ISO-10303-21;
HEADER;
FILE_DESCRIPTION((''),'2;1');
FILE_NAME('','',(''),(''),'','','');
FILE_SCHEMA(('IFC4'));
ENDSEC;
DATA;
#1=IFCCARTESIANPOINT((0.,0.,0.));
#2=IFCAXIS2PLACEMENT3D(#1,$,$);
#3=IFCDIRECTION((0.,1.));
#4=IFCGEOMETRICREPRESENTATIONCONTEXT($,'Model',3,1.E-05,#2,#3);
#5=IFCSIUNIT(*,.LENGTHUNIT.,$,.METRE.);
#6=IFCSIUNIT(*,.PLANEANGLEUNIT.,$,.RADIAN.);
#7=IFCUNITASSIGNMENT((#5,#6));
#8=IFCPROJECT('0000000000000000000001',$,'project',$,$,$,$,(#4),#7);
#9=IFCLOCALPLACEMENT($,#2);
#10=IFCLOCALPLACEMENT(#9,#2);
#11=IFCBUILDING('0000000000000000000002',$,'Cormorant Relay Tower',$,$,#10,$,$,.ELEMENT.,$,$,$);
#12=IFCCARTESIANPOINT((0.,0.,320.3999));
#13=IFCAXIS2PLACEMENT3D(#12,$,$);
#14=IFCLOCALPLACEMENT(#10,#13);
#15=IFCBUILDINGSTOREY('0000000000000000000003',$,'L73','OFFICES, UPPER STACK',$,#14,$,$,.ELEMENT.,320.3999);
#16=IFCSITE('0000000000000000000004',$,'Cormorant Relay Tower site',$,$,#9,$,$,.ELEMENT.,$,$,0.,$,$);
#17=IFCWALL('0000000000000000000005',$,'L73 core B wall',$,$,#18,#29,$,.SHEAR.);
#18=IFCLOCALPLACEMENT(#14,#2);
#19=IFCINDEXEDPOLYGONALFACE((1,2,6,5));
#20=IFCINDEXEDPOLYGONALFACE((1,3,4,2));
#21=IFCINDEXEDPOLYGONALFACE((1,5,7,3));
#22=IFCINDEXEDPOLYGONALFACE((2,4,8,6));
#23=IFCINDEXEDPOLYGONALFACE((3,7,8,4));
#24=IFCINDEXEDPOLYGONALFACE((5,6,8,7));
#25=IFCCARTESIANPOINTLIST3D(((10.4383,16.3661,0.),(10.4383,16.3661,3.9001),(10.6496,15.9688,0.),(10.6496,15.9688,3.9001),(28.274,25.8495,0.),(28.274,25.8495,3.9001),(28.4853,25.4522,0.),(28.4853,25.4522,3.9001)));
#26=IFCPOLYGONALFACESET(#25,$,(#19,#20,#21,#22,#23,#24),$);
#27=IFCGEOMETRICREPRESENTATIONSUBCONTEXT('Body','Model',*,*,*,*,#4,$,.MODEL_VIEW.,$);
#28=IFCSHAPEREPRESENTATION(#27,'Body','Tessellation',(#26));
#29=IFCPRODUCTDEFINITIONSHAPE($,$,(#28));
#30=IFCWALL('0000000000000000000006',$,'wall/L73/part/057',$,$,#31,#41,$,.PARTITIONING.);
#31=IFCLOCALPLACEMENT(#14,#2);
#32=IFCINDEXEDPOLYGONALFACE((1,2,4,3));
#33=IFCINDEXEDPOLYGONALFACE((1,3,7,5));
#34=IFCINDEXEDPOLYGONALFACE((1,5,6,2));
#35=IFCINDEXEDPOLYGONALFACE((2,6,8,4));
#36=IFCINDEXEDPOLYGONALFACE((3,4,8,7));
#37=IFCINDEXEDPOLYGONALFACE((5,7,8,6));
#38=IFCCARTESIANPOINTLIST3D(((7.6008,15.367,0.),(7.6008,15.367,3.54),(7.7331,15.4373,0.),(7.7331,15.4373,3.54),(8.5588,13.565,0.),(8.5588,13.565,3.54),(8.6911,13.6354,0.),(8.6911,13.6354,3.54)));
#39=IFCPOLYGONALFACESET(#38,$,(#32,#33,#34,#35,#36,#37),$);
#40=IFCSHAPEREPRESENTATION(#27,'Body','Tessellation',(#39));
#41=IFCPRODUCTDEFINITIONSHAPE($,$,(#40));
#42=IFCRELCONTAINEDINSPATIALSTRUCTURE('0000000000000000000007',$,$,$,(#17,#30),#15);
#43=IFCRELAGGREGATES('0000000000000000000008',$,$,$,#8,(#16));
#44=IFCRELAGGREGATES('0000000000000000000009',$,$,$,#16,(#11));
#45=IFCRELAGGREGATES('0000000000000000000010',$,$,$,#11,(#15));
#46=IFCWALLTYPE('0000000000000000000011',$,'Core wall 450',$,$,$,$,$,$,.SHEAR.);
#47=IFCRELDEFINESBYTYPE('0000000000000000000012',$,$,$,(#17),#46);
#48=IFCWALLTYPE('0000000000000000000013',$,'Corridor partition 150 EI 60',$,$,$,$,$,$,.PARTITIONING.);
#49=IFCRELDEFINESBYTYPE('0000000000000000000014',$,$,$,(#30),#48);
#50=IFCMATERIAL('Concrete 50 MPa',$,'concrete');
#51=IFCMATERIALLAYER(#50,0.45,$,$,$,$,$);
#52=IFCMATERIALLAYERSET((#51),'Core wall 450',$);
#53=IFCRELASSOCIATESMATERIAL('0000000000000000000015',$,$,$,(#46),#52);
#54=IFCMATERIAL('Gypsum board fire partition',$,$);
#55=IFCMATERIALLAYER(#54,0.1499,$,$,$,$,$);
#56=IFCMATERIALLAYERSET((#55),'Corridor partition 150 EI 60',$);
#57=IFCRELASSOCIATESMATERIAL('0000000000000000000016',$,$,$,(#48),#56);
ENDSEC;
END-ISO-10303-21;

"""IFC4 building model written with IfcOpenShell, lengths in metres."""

from ifc_helpers import new_model, si_unit, direction, frame, frame_2d, origin, place, context, subcontext, project, spatial, rectangle, extrude, material, layer, layer_set, type_object, element, save


model = new_model("IFC4")

# Units and contexts
model_context = context("Model", 3, precision=1e-05, world=origin(), true_north=direction((0.0, 1.0)))
body_context = subcontext(model_context, "Body", "Model", "MODEL_VIEW")
ifc_project = project(units=[si_unit("LENGTHUNIT", "METRE"), si_unit("PLANEANGLEUNIT", "RADIAN")], contexts=[model_context])

# Site, building, storey
site_placement = place(None, origin())
site = spatial("IfcSite", under=ifc_project, at=site_placement, Name="Cormorant Relay Tower site", CompositionType="ELEMENT", RefElevation=0.0)
building_placement = place(site_placement, origin())
building = spatial("IfcBuilding", under=site, at=building_placement, Name="Cormorant Relay Tower", CompositionType="ELEMENT")
storey_placement = place(building_placement, frame((0.0, 0.0, 320.3999)))
storey = spatial("IfcBuildingStorey", under=building, at=storey_placement, Name="L73", Description="OFFICES, UPPER STACK", CompositionType="ELEMENT", Elevation=320.3999)

# Walls
ifc_material_1 = material(Name="Concrete 50 MPa", Category="concrete")
ifc_layer_1 = layer(ifc_material_1, 0.45)
ifc_layer_set_1 = layer_set([ifc_layer_1], Name="Core wall 450")
wall_type_1 = type_object("IfcWallType", Name="Core wall 450", PredefinedType="SHEAR", material=ifc_layer_set_1)
wall_1_placement = place(storey_placement, frame((10.5439, 16.1675, 0.0), z_axis=(0.0, 0.0, 1.0), x_axis=(0.882948, 0.469471, 0.0)))
element("IfcWall", 1, at=wall_1_placement, inside=storey, type_object=wall_type_1, Name="L73 core B wall", PredefinedType="SHEAR", context=body_context, shape_type="SweptSolid", body=[
    extrude(rectangle(XDim=20.2002, YDim=0.45, at=frame_2d((10.1001, 0.0))), origin(), (0.0, 0.0, 1.0), 3.9001),
])
ifc_material_2 = material(Name="Gypsum board fire partition")
ifc_layer_2 = layer(ifc_material_2, 0.1499)
ifc_layer_set_2 = layer_set([ifc_layer_2], Name="Corridor partition 150 EI 60")
wall_type_2 = type_object("IfcWallType", Name="Corridor partition 150 EI 60", PredefinedType="PARTITIONING", material=ifc_layer_set_2)
wall_2_placement = place(storey_placement, frame((8.625, 13.6001, 0.0), z_axis=(0.0, 0.0, 1.0), x_axis=(-0.469421, 0.882975, 0.0)))
element("IfcWall", 2, at=wall_2_placement, inside=storey, type_object=wall_type_2, Name="wall/L73/part/057", PredefinedType="PARTITIONING", context=body_context, shape_type="SweptSolid", body=[
    extrude(rectangle(XDim=2.0408, YDim=0.1499, at=frame_2d((1.0205, 0.0))), origin(), (0.0, 0.0, 1.0), 3.54),
])

save(model, "model.ifc")
